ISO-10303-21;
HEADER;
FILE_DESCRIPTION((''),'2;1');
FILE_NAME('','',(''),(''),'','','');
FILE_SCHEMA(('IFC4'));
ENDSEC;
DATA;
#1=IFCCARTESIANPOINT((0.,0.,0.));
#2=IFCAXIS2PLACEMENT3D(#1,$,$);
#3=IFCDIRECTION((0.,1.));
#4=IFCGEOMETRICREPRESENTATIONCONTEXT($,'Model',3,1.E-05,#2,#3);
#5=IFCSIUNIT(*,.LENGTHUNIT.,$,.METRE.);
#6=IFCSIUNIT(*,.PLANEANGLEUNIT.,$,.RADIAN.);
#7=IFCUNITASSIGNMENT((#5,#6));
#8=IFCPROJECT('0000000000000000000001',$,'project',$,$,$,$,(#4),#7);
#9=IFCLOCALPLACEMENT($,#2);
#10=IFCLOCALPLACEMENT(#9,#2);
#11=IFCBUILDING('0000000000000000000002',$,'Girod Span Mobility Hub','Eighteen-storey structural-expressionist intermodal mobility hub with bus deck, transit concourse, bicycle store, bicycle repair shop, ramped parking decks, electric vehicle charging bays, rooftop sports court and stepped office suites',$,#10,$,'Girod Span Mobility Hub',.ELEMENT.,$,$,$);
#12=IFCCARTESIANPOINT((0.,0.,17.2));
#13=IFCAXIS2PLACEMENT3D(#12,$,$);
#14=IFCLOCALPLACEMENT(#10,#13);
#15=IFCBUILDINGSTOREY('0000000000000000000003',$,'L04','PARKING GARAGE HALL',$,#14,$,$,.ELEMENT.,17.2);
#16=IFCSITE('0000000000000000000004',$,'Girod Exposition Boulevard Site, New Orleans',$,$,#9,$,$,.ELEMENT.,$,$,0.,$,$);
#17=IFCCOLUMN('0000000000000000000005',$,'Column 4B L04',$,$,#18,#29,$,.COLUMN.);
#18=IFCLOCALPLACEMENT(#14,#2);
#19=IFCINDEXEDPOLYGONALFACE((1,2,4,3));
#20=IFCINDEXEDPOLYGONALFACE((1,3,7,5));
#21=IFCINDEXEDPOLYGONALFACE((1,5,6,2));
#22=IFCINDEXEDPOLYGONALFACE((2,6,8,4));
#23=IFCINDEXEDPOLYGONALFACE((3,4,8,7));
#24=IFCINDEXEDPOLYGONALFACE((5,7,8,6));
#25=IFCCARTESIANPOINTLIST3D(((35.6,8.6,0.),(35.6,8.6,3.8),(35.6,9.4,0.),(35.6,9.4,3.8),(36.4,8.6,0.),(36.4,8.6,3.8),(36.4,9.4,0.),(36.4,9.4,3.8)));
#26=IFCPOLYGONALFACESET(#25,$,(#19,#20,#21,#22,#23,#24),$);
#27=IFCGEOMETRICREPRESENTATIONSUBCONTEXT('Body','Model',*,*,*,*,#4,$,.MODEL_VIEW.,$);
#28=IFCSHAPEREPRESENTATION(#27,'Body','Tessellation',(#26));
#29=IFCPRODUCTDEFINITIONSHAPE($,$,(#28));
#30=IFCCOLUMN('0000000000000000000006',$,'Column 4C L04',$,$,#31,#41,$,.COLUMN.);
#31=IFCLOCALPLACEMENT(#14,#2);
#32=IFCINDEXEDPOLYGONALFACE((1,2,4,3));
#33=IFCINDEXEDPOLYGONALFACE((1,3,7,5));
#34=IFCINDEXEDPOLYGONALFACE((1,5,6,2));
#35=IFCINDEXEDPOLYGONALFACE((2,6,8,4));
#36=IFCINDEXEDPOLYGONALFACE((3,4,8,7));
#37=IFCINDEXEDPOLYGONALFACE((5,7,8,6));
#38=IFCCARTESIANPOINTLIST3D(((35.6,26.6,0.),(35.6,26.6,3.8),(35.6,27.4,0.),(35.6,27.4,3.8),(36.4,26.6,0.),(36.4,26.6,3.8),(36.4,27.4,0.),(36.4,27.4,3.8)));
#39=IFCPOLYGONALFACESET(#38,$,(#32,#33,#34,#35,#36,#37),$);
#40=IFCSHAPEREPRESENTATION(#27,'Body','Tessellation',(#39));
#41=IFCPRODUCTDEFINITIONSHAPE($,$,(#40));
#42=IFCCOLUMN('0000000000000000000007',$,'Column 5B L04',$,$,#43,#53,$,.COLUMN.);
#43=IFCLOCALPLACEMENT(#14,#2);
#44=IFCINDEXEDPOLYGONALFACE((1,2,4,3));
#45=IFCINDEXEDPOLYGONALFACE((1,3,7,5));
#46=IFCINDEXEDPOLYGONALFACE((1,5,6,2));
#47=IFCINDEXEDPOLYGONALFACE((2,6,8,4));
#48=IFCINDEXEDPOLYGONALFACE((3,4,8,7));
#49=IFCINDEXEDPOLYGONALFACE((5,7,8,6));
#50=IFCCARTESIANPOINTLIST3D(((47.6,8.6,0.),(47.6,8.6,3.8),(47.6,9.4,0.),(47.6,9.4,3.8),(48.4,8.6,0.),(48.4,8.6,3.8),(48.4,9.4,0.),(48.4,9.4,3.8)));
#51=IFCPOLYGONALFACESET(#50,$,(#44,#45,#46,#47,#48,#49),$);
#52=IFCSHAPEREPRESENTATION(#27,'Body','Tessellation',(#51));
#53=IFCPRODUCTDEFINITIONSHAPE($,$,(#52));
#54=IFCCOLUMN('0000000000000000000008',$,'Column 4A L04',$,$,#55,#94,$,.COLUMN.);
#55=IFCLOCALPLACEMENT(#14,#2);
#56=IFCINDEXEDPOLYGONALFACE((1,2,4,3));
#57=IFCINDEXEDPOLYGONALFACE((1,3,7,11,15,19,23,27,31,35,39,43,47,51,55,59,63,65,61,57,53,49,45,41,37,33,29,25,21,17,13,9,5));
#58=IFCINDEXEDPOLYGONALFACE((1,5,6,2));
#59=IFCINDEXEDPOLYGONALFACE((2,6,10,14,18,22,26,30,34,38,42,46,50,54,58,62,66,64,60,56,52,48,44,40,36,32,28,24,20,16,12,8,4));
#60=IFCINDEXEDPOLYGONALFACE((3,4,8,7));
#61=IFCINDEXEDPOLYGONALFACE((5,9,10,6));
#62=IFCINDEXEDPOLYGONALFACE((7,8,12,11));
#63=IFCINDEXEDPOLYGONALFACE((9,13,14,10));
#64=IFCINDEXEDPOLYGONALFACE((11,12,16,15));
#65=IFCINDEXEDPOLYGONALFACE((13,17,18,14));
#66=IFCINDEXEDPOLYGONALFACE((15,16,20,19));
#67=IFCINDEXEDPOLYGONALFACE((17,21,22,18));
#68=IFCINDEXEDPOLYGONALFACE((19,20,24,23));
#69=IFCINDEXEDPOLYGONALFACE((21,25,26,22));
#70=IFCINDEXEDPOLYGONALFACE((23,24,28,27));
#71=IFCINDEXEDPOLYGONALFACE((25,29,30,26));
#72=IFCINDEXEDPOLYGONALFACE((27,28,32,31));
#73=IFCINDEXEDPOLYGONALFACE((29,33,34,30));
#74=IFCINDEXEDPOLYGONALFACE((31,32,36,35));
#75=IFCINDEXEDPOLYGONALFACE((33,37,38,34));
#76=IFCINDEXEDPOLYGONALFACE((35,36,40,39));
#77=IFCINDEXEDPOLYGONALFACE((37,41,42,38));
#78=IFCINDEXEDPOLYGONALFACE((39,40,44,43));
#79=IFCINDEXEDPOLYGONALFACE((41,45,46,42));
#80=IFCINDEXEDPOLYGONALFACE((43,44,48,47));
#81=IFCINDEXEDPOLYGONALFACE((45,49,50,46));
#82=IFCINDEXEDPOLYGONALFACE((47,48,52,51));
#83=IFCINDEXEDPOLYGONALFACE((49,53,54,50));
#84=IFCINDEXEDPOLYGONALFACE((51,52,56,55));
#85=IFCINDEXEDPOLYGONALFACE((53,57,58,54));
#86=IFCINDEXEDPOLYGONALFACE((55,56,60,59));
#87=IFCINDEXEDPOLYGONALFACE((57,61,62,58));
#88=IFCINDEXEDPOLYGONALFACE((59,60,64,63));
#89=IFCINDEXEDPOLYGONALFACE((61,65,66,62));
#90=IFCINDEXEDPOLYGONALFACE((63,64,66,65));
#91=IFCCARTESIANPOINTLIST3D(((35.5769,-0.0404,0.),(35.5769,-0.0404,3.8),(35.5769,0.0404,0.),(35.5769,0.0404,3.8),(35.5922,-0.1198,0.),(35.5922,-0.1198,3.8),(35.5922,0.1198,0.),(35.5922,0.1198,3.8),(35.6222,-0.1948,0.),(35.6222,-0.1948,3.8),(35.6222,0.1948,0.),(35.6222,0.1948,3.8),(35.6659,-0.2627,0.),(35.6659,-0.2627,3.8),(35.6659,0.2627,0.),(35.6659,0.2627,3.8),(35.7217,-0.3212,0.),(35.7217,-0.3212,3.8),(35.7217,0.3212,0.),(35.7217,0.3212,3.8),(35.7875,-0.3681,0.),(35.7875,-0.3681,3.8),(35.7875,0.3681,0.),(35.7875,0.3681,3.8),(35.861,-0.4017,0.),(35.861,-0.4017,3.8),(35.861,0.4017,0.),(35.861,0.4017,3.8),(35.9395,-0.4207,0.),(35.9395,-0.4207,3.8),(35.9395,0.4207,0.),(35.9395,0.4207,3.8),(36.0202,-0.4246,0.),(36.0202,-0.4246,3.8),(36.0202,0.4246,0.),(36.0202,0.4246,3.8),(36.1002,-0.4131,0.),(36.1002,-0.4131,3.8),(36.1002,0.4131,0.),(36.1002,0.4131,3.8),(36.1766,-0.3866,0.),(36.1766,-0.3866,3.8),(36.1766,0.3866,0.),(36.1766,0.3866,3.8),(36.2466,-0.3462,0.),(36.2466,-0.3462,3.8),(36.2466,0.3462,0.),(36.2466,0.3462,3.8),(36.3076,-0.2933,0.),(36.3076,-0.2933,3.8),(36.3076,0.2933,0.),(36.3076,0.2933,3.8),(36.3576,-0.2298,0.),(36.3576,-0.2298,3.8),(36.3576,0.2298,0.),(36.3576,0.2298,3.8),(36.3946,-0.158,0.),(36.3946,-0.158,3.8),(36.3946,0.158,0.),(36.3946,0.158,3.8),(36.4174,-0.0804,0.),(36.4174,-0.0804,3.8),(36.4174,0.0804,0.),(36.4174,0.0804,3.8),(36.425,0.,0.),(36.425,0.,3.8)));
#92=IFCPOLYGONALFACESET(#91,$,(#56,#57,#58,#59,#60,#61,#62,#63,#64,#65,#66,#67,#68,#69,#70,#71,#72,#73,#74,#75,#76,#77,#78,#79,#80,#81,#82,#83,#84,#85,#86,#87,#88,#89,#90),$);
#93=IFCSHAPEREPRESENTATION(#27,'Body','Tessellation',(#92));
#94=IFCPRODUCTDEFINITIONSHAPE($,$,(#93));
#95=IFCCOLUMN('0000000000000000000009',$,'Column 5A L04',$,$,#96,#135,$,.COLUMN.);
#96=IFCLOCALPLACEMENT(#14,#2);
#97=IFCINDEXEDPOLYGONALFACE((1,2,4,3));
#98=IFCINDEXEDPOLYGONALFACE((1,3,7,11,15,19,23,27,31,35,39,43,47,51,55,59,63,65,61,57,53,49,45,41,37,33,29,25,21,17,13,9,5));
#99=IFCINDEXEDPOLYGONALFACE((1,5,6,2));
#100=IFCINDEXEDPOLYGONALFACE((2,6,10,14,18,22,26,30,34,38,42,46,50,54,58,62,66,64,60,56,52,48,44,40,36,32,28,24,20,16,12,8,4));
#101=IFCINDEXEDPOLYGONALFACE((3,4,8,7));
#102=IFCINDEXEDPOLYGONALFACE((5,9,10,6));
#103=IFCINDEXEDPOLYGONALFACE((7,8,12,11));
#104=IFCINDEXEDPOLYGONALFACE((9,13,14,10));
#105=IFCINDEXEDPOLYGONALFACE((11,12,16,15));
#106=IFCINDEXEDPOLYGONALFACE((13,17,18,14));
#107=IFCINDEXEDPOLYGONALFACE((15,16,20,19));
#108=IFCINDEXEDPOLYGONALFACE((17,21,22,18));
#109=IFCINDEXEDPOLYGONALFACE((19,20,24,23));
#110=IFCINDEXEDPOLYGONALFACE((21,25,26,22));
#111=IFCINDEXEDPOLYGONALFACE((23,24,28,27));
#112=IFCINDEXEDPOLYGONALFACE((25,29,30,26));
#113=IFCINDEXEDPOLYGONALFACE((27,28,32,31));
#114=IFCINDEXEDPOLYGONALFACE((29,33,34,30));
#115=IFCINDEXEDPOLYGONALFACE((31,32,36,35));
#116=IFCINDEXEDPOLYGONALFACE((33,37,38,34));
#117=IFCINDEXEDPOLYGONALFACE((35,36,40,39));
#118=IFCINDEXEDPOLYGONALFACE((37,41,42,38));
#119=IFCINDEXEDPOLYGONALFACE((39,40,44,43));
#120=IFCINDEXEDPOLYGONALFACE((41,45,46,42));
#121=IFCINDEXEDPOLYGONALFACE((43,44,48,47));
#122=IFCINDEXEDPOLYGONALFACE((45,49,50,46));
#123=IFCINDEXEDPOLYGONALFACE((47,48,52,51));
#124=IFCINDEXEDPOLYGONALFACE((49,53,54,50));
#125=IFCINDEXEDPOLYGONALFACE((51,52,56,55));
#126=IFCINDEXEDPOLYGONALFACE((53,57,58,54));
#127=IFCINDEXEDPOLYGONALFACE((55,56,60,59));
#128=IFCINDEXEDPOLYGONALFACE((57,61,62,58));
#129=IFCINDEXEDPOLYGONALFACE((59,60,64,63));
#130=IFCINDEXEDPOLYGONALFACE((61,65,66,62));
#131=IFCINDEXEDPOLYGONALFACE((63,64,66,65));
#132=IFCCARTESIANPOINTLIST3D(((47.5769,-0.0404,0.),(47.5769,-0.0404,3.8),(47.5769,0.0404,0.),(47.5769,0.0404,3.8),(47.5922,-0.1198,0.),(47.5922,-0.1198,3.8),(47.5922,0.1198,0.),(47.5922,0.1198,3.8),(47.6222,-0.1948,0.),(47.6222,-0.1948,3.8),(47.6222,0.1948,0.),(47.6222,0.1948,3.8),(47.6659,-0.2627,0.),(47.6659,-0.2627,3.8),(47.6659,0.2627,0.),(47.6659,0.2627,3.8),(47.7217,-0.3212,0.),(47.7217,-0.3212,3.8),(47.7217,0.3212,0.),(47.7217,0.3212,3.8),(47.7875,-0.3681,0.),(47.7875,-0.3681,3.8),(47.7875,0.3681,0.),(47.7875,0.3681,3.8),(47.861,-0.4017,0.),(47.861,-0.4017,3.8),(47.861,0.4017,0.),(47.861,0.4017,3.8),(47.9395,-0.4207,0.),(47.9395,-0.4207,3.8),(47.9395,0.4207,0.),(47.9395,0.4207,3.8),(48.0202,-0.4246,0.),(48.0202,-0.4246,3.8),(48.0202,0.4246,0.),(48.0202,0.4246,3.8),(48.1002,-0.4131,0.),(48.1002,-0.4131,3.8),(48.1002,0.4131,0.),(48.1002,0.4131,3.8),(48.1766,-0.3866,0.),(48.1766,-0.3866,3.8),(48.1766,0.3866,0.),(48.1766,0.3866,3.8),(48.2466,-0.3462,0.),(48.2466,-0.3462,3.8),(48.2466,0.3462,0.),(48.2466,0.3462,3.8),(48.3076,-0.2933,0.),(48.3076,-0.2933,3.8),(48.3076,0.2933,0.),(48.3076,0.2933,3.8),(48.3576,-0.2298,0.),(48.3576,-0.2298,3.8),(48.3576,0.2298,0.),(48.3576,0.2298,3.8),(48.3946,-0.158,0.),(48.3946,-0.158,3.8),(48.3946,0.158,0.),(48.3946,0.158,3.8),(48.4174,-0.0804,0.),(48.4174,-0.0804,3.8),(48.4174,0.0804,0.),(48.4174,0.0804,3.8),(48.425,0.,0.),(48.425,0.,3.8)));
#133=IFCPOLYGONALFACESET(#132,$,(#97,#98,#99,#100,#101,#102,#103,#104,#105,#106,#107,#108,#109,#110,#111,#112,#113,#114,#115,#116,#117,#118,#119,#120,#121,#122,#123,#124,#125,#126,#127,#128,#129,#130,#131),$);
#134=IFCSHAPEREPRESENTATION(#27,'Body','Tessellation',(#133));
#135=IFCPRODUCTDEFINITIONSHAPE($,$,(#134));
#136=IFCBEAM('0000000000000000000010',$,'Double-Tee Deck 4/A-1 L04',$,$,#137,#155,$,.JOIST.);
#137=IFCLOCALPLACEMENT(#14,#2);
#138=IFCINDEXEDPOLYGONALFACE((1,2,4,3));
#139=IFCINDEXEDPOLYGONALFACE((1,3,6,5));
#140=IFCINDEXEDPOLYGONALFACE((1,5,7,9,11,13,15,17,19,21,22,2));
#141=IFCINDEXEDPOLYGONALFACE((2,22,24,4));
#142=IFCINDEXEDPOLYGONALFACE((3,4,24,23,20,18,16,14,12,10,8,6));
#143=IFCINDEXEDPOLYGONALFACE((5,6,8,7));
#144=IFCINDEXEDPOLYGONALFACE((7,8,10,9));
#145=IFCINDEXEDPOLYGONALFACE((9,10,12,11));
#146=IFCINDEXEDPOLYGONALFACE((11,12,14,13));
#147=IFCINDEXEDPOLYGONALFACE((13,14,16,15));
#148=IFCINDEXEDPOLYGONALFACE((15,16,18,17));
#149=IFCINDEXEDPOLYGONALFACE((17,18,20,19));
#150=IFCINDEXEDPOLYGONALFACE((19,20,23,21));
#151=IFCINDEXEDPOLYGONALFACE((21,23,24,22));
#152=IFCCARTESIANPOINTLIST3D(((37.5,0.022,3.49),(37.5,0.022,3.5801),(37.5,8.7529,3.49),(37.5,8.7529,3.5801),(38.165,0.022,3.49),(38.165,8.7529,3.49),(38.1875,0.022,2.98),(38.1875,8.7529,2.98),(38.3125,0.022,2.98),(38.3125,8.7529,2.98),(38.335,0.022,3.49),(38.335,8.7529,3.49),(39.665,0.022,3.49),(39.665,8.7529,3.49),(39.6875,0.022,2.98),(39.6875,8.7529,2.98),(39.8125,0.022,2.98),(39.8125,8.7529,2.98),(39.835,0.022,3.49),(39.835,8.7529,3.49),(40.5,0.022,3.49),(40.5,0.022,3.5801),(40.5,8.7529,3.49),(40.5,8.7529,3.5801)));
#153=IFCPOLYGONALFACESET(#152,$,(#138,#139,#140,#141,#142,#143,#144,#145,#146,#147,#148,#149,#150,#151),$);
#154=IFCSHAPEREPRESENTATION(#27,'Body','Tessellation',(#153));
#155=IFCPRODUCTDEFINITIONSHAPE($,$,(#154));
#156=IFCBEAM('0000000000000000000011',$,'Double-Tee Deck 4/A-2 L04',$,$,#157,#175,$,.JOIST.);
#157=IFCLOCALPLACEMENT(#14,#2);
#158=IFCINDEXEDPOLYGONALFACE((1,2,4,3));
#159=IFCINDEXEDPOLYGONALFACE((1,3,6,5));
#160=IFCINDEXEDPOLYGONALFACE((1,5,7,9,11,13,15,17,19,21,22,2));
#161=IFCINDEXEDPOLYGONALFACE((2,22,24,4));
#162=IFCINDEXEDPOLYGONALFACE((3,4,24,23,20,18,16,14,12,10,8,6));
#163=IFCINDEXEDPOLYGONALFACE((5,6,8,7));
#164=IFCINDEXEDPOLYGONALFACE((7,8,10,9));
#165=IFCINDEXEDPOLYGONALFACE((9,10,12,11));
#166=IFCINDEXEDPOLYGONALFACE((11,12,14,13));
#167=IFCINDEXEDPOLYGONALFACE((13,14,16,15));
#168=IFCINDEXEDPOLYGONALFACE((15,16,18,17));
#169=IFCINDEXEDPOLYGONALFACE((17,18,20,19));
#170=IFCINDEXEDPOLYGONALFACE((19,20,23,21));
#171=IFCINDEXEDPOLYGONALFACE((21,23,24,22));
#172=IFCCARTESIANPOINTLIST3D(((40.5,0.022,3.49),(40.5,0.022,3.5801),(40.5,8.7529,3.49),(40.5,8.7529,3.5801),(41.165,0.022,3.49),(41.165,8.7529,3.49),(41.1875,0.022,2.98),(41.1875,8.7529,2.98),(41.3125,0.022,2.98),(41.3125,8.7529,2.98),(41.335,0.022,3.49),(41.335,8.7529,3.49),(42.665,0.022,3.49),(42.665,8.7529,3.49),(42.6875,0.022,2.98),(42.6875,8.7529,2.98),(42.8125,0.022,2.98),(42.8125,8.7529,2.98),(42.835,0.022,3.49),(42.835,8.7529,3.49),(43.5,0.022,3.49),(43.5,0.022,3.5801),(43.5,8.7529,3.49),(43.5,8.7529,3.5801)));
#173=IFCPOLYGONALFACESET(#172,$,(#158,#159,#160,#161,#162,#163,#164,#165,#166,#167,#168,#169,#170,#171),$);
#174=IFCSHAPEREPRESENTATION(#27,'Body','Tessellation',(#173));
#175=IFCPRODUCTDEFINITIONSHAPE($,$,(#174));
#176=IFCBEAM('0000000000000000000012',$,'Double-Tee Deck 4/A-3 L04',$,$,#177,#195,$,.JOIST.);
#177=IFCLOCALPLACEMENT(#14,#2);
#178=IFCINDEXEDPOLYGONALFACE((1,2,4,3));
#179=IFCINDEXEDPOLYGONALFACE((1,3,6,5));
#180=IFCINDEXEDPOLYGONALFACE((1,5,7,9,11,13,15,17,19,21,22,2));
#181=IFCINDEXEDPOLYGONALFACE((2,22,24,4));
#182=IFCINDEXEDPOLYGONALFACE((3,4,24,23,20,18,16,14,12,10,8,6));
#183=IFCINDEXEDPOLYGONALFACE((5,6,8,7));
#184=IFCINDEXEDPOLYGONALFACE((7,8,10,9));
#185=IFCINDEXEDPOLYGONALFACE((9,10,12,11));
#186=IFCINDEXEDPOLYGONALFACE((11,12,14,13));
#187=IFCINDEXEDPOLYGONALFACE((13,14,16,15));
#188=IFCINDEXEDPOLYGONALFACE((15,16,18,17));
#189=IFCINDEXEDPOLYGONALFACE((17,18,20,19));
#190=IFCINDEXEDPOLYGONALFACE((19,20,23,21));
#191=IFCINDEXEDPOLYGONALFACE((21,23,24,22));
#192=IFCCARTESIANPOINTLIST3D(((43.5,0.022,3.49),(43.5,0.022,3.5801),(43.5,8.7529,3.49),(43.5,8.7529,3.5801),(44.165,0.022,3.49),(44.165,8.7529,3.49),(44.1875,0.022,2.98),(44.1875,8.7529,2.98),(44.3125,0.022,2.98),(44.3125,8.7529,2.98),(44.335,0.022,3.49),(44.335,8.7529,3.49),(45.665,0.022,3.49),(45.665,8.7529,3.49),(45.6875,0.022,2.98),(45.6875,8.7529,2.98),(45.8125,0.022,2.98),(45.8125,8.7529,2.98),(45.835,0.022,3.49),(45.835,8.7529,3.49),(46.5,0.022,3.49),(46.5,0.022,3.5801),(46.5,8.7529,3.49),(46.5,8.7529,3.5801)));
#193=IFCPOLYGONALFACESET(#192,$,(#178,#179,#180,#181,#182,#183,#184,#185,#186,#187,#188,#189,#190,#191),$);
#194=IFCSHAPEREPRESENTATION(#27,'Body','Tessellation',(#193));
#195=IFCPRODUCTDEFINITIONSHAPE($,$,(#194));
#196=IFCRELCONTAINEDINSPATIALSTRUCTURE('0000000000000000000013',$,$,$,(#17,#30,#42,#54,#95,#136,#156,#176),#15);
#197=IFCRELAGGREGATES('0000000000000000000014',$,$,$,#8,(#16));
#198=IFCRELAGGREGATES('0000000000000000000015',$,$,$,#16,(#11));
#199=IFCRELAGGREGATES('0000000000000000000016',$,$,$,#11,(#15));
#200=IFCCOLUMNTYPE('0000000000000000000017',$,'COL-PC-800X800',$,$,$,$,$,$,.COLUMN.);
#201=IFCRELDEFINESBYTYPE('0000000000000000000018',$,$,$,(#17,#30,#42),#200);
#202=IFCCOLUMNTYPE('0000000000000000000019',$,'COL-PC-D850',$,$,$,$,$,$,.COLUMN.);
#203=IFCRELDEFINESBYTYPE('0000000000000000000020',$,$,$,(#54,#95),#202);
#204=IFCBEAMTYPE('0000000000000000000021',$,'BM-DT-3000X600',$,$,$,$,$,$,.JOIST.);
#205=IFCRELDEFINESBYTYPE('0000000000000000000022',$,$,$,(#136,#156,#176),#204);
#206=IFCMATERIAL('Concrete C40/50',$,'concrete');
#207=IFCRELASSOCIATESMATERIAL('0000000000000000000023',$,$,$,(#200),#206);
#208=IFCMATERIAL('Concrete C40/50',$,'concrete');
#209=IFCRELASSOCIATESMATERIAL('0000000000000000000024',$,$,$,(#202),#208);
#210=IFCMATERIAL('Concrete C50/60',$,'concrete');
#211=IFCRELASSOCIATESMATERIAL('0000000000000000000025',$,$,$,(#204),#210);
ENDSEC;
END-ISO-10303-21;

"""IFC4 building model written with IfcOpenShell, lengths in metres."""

from ifc_helpers import new_model, si_unit, direction, frame, origin, origin_2d, place, context, subcontext, project, spatial, polyline, rectangle, circle, outline, extrude, material, material_profile, profile_set, type_object, element, save


model = new_model("IFC4")

# Units and contexts
model_context = context("Model", 3, precision=1e-05, world=origin(), true_north=direction((0.0, 1.0)))
body_context = subcontext(model_context, "Body", "Model", "MODEL_VIEW")
ifc_project = project(units=[si_unit("LENGTHUNIT", "METRE"), si_unit("PLANEANGLEUNIT", "RADIAN")], contexts=[model_context])

# Site, building, storey
site_placement = place(None, origin())
site = spatial("IfcSite", under=ifc_project, at=site_placement, Name="Girod Exposition Boulevard Site, New Orleans", CompositionType="ELEMENT", RefElevation=0.0)
building_placement = place(site_placement, origin())
building = spatial("IfcBuilding", under=site, at=building_placement, Name="Girod Span Mobility Hub", Description="Eighteen-storey structural-expressionist intermodal mobility hub with bus deck, transit concourse, bicycle store, bicycle repair shop, ramped parking decks, electric vehicle charging bays, rooftop sports court and stepped office suites", LongName="Girod Span Mobility Hub", CompositionType="ELEMENT")
storey_placement = place(building_placement, frame((0.0, 0.0, 17.2)))
storey = spatial("IfcBuildingStorey", under=building, at=storey_placement, Name="L04", Description="PARKING GARAGE HALL", CompositionType="ELEMENT", Elevation=17.2)

# Columns
ifc_material_1 = material(Name="Concrete C40/50", Category="concrete")
ifc_material_profile_1 = material_profile(ifc_material_1, rectangle(XDim=0.8, YDim=0.8, at=origin_2d()), Name="PC-COL-800X800")
ifc_profile_set_1 = profile_set([ifc_material_profile_1], Name="Concrete C40/50")
column_type_1 = type_object("IfcColumnType", Name="COL-PC-800X800", PredefinedType="COLUMN", material=ifc_profile_set_1)
for number, where, z_axis, x_axis, name in (
    (1, (36.0, 9.0, 0.0), (0.0, 0.0, 1.0), (1.0, 0.0, 0.0), "Column 4B L04"),
    (2, (36.0, 27.0, 0.0), (0.0, 0.0, 1.0), (1.0, 0.0, 0.0), "Column 4C L04"),
    (3, (48.0, 9.0, 0.0), (0.0, 0.0, 1.0), (1.0, 0.0, 0.0), "Column 5B L04"),
):
    element("IfcColumn", number, at=place(storey_placement, frame(where, z_axis=z_axis, x_axis=x_axis)), inside=storey, type_object=column_type_1, Name=name, PredefinedType="COLUMN", context=body_context, shape_type="SweptSolid", body=[
        extrude(rectangle(XDim=0.8, YDim=0.8, at=origin_2d()), origin(), (0.0, 0.0, 1.0), 3.8),
    ])
ifc_material_2 = material(Name="Concrete C40/50", Category="concrete")
ifc_material_profile_2 = material_profile(ifc_material_2, circle(Radius=0.425, at=origin_2d()), Name="PC-CIR-D850")
ifc_profile_set_2 = profile_set([ifc_material_profile_2], Name="Concrete C40/50")
column_type_2 = type_object("IfcColumnType", Name="COL-PC-D850", PredefinedType="COLUMN", material=ifc_profile_set_2)
for number, where, z_axis, x_axis, name in (
    (4, (36.0, 0.0, 0.0), (0.0, 0.0, 1.0), (1.0, 0.0, 0.0), "Column 4A L04"),
    (5, (48.0, 0.0, 0.0), (0.0, 0.0, 1.0), (1.0, 0.0, 0.0), "Column 5A L04"),
):
    element("IfcColumn", number, at=place(storey_placement, frame(where, z_axis=z_axis, x_axis=x_axis)), inside=storey, type_object=column_type_2, Name=name, PredefinedType="COLUMN", context=body_context, shape_type="SweptSolid", body=[
        extrude(circle(Radius=0.425, at=origin_2d()), origin(), (0.0, 0.0, 1.0), 3.8),
    ])

# Beams
ifc_material_3 = material(Name="Concrete C50/60", Category="concrete")
ifc_material_profile_3 = material_profile(ifc_material_3, outline(polyline([(-1.5, 0.3), (-1.5, 0.21), (-0.835, 0.21), (-0.8125, -0.3), (-0.6875, -0.3), (-0.665, 0.21), (0.665, 0.21), (0.6875, -0.3), (0.8125, -0.3), (0.835, 0.21), (1.5, 0.21), (1.5, 0.3), (-1.5, 0.3)])), Name="DT-3000X600")
ifc_profile_set_3 = profile_set([ifc_material_profile_3], Name="Concrete C50/60")
beam_type_1 = type_object("IfcBeamType", Name="BM-DT-3000X600", PredefinedType="JOIST", material=ifc_profile_set_3)
for number, where, z_axis, x_axis, name in (
    (6, (39.0, 0.022, 3.28), (0.0, 1.0, 0.0), (-1.0, 0.0, 0.0), "Double-Tee Deck 4/A-1 L04"),
    (7, (42.0, 0.022, 3.28), (0.0, 1.0, 0.0), (-1.0, 0.0, 0.0), "Double-Tee Deck 4/A-2 L04"),
    (8, (45.0, 0.022, 3.28), (0.0, 1.0, 0.0), (-1.0, 0.0, 0.0), "Double-Tee Deck 4/A-3 L04"),
):
    element("IfcBeam", number, at=place(storey_placement, frame(where, z_axis=z_axis, x_axis=x_axis)), inside=storey, type_object=beam_type_1, Name=name, PredefinedType="JOIST", context=body_context, shape_type="SweptSolid", body=[
        extrude(outline(polyline([(-1.5, 0.3), (-1.5, 0.21), (-0.835, 0.21), (-0.8125, -0.3), (-0.6875, -0.3), (-0.665, 0.21), (0.665, 0.21), (0.6875, -0.3), (0.8125, -0.3), (0.835, 0.21), (1.5, 0.21), (1.5, 0.3), (-1.5, 0.3)])), origin(), (0.0, 0.0, 1.0), 8.731),
    ])

save(model, "model.ifc")
